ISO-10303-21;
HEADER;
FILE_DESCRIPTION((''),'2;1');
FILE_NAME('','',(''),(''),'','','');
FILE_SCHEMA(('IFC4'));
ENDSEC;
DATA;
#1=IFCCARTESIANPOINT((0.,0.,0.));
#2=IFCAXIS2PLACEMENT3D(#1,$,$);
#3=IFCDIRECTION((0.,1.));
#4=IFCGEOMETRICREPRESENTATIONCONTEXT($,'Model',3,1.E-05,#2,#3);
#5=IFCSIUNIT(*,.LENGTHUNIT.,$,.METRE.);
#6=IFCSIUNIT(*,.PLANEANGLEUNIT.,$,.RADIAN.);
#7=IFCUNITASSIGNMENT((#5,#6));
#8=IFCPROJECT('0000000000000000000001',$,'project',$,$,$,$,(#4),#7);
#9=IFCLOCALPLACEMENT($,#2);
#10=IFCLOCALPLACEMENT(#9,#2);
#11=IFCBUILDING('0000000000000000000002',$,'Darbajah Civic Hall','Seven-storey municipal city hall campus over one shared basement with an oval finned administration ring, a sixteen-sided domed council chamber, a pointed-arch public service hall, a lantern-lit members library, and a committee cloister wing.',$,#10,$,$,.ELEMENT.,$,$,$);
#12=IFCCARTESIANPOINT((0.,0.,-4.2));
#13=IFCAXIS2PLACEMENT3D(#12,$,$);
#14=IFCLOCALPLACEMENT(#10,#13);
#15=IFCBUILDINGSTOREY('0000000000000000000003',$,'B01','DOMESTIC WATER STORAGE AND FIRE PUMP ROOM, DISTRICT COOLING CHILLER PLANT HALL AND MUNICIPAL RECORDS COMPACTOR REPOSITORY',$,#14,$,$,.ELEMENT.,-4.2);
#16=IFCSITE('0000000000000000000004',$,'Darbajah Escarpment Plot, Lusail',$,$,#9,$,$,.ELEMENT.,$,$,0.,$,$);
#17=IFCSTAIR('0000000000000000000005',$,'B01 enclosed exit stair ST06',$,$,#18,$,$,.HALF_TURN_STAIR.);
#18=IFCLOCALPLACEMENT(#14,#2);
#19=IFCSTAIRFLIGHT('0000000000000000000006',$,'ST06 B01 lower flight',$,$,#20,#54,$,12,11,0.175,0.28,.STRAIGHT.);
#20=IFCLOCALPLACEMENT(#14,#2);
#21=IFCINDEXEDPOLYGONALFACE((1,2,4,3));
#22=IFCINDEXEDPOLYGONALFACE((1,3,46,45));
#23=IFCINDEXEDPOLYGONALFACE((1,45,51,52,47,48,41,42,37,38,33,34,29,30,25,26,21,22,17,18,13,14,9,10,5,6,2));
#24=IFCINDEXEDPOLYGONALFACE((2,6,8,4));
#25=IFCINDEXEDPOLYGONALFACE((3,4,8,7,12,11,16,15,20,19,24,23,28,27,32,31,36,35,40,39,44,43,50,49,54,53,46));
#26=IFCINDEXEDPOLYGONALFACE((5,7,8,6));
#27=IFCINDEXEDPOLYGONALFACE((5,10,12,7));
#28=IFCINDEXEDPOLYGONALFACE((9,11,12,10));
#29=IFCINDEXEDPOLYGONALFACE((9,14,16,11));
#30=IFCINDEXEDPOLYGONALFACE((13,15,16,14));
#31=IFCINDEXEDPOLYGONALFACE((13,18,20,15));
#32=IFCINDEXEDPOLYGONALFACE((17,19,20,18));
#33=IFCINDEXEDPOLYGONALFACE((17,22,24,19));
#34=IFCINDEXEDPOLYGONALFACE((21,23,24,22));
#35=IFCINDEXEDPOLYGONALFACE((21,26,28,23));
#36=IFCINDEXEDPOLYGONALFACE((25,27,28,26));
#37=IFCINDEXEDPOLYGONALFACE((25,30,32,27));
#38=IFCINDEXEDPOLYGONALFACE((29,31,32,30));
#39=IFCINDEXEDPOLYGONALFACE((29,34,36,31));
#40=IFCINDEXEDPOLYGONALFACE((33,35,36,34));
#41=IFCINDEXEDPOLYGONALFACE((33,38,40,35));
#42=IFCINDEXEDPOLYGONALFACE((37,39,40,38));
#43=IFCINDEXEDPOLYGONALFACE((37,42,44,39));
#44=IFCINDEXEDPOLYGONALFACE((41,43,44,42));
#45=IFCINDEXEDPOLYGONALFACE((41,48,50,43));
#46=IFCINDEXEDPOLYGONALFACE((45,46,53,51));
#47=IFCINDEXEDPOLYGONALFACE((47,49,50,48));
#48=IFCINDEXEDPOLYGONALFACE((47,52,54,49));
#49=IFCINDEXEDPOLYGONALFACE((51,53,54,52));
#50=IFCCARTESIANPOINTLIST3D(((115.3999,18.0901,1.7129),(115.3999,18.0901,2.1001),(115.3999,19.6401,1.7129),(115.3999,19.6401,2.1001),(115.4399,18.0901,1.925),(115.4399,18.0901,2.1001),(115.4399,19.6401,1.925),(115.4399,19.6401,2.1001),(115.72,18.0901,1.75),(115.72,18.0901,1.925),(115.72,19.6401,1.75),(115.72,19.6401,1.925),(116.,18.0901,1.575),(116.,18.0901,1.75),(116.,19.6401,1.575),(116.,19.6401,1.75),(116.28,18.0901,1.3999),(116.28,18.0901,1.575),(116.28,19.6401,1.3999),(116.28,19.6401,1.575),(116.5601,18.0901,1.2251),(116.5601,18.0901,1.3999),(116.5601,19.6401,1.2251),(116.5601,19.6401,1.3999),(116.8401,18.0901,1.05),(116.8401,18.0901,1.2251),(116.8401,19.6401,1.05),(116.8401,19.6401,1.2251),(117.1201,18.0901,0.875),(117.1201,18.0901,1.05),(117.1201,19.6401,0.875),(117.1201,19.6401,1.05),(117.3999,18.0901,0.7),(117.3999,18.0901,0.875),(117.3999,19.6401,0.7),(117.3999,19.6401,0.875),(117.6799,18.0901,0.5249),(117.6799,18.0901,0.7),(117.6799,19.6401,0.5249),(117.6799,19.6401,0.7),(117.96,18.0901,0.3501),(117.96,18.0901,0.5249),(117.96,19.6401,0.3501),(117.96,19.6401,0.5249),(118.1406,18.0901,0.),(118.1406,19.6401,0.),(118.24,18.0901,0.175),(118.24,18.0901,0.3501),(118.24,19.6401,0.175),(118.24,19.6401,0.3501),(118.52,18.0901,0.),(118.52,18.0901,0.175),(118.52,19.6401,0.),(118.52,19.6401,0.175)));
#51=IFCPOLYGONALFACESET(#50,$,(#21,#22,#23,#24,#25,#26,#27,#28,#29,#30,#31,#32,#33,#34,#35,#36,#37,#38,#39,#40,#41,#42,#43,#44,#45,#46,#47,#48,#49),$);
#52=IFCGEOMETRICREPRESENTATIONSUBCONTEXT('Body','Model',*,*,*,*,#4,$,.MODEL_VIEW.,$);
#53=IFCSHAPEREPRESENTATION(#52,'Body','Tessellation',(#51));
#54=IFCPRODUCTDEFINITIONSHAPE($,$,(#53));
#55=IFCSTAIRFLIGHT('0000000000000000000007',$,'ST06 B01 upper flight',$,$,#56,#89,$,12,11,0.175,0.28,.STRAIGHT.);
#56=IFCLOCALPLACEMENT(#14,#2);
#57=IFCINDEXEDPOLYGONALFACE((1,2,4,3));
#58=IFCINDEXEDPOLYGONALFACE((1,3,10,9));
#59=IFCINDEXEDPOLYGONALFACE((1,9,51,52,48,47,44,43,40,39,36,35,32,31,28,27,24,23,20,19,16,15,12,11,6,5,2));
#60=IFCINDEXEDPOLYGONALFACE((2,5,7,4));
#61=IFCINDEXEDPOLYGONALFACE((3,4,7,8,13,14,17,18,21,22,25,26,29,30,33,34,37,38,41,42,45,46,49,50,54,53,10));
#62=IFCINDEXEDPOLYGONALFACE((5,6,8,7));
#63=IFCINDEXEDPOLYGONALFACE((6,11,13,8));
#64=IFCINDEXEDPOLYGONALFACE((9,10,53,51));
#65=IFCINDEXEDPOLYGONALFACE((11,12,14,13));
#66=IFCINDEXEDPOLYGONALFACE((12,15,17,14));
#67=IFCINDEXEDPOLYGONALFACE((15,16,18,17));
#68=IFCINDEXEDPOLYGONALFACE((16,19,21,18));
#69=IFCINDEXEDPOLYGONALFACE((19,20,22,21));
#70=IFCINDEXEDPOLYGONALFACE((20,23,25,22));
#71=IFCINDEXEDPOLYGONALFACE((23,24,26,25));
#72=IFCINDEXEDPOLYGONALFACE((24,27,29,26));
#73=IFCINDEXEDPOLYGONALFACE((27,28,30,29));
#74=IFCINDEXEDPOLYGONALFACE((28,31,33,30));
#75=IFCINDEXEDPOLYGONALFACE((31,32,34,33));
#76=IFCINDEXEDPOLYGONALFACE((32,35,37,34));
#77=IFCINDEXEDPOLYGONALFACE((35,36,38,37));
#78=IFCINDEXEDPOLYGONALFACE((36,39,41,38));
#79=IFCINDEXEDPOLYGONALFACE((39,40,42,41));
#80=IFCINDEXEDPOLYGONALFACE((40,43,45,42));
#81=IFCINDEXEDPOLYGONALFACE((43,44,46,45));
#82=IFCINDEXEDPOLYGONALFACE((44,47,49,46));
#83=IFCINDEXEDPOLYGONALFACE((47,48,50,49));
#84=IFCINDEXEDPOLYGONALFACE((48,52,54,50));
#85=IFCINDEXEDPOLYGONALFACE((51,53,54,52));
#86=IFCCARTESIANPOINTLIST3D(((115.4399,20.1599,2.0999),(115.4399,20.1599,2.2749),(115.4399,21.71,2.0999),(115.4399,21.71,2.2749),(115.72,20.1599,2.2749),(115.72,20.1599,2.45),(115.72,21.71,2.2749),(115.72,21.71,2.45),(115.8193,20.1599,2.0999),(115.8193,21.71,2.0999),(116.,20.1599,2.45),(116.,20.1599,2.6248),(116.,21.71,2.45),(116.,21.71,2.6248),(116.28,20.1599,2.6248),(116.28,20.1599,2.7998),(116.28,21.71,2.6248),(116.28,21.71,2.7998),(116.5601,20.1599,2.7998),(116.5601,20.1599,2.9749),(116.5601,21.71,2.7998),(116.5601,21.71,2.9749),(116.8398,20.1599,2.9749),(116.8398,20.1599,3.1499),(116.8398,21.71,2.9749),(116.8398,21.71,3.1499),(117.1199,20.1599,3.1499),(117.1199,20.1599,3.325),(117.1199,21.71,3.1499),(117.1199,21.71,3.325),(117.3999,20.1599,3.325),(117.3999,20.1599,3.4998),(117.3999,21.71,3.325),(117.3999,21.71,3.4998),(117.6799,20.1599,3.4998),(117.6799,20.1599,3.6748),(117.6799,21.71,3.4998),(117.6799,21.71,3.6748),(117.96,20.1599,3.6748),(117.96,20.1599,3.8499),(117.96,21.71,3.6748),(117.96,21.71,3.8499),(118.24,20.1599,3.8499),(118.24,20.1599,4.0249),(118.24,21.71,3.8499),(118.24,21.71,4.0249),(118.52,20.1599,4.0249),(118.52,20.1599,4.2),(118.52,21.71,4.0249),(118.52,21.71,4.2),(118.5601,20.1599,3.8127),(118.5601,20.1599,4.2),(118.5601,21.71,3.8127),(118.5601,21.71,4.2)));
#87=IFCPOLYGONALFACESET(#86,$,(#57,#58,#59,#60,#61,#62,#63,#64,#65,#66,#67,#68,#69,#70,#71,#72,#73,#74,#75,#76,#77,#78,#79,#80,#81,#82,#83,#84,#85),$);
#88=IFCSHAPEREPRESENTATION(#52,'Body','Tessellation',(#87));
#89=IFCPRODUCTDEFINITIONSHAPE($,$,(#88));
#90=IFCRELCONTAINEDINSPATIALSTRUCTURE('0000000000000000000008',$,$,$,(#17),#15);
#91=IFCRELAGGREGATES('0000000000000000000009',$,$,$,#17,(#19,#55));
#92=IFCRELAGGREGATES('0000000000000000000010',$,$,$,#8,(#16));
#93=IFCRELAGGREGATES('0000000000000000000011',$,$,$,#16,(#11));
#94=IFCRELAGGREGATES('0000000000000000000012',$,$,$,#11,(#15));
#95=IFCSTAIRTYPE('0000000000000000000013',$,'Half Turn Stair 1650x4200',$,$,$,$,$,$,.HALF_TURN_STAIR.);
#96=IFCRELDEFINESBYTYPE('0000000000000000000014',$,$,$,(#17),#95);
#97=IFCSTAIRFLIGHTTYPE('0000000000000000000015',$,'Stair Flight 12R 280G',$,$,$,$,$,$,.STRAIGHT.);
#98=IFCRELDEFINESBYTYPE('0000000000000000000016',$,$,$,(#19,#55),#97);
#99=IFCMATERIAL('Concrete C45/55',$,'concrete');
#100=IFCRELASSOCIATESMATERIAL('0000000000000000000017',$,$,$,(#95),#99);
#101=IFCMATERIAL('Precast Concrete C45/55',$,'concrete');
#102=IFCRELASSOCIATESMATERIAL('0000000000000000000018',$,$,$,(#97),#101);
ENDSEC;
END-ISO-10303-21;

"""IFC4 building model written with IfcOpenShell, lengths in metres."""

from ifc_helpers import new_model, si_unit, direction, frame, origin, place, context, subcontext, project, spatial, polyline, outline, extrude, material, type_object, element, aggregate, save


model = new_model("IFC4")

# Units and contexts
model_context = context("Model", 3, precision=1e-05, world=origin(), true_north=direction((0.0, 1.0)))
body_context = subcontext(model_context, "Body", "Model", "MODEL_VIEW")
ifc_project = project(units=[si_unit("LENGTHUNIT", "METRE"), si_unit("PLANEANGLEUNIT", "RADIAN")], contexts=[model_context])

# Site, building, storey
site_placement = place(None, origin())
site = spatial("IfcSite", under=ifc_project, at=site_placement, Name="Darbajah Escarpment Plot, Lusail", CompositionType="ELEMENT", RefElevation=0.0)
building_placement = place(site_placement, origin())
building = spatial("IfcBuilding", under=site, at=building_placement, Name="Darbajah Civic Hall", Description="Seven-storey municipal city hall campus over one shared basement with an oval finned administration ring, a sixteen-sided domed council chamber, a pointed-arch public service hall, a lantern-lit members library, and a committee cloister wing.", CompositionType="ELEMENT")
storey_placement = place(building_placement, frame((0.0, 0.0, -4.2)))
storey = spatial("IfcBuildingStorey", under=building, at=storey_placement, Name="B01", Description="DOMESTIC WATER STORAGE AND FIRE PUMP ROOM, DISTRICT COOLING CHILLER PLANT HALL AND MUNICIPAL RECORDS COMPACTOR REPOSITORY", CompositionType="ELEMENT", Elevation=-4.2)

# Shared definitions
ifc_material_1 = material(Name="Concrete C45/55", Category="concrete")

# Stair, stair flights
stair_type = type_object("IfcStairType", Name="Half Turn Stair 1650x4200", PredefinedType="HALF_TURN_STAIR", material=ifc_material_1)
stair_placement = place(storey_placement, origin())
stair = element("IfcStair", 1, at=stair_placement, inside=storey, type_object=stair_type, Name="B01 enclosed exit stair ST06", PredefinedType="HALF_TURN_STAIR")
ifc_material_2 = material(Name="Precast Concrete C45/55", Category="concrete")
stair_flight_type = type_object("IfcStairFlightType", Name="Stair Flight 12R 280G", PredefinedType="STRAIGHT", material=ifc_material_2)
stair_flight_1_placement = place(storey_placement, frame((118.52, 18.865, 0.0), z_axis=(0.0, 0.0, 1.0), x_axis=(-1.0, 0.0, 0.0)))
stair_flight_1 = element("IfcStairFlight", 2, at=stair_flight_1_placement, type_object=stair_flight_type, Name="ST06 B01 lower flight", NumberOfRisers=12, NumberOfTreads=11, PredefinedType="STRAIGHT", RiserHeight=0.175, TreadLength=0.28, context=body_context, shape_type="SweptSolid", body=[
    extrude(outline(polyline([(0.0, 0.0), (0.0, 0.175), (0.28, 0.175), (0.28, 0.3501), (0.5601, 0.3501), (0.5601, 0.5249), (0.8401, 0.5249), (0.8401, 0.7), (1.1201, 0.7), (1.1201, 0.875), (1.3999, 0.875), (1.3999, 1.05), (1.6799, 1.05), (1.6799, 1.2251), (1.96, 1.2251), (1.96, 1.3999), (2.24, 1.3999), (2.24, 1.575), (2.52, 1.575), (2.52, 1.75), (2.8, 1.75), (2.8, 1.925), (3.0801, 1.925), (3.0801, 2.1001), (3.1201, 2.1001), (3.1201, 1.7129), (0.3794, 0.0), (0.0, 0.0)])), frame((0.0, 0.7749, 0.0), z_axis=(0.0, -1.0, 0.0), x_axis=(1.0, 0.0, 0.0)), (0.0, 0.0, 1.0), 1.55),
])
stair_flight_2_placement = place(storey_placement, frame((115.4399, 20.9351, 2.0999), z_axis=(0.0, 0.0, 1.0), x_axis=(1.0, 0.0, 0.0)))
stair_flight_2 = element("IfcStairFlight", 3, at=stair_flight_2_placement, type_object=stair_flight_type, Name="ST06 B01 upper flight", NumberOfRisers=12, NumberOfTreads=11, PredefinedType="STRAIGHT", RiserHeight=0.175, TreadLength=0.28, context=body_context, shape_type="SweptSolid", body=[
    extrude(outline(polyline([(0.0, 0.0), (0.0, 0.175), (0.28, 0.175), (0.28, 0.3501), (0.5601, 0.3501), (0.5601, 0.5249), (0.8401, 0.5249), (0.8401, 0.7), (1.1201, 0.7), (1.1201, 0.875), (1.3999, 0.875), (1.3999, 1.05), (1.6799, 1.05), (1.6799, 1.2251), (1.96, 1.2251), (1.96, 1.3999), (2.24, 1.3999), (2.24, 1.575), (2.52, 1.575), (2.52, 1.75), (2.8, 1.75), (2.8, 1.925), (3.0801, 1.925), (3.0801, 2.1001), (3.1201, 2.1001), (3.1201, 1.7129), (0.3794, 0.0), (0.0, 0.0)])), frame((0.0, 0.7749, 0.0), z_axis=(0.0, -1.0, 0.0), x_axis=(1.0, 0.0, 0.0)), (0.0, 0.0, 1.0), 1.55),
])
aggregate(stair, [stair_flight_1, stair_flight_2])

save(model, "model.ifc")
